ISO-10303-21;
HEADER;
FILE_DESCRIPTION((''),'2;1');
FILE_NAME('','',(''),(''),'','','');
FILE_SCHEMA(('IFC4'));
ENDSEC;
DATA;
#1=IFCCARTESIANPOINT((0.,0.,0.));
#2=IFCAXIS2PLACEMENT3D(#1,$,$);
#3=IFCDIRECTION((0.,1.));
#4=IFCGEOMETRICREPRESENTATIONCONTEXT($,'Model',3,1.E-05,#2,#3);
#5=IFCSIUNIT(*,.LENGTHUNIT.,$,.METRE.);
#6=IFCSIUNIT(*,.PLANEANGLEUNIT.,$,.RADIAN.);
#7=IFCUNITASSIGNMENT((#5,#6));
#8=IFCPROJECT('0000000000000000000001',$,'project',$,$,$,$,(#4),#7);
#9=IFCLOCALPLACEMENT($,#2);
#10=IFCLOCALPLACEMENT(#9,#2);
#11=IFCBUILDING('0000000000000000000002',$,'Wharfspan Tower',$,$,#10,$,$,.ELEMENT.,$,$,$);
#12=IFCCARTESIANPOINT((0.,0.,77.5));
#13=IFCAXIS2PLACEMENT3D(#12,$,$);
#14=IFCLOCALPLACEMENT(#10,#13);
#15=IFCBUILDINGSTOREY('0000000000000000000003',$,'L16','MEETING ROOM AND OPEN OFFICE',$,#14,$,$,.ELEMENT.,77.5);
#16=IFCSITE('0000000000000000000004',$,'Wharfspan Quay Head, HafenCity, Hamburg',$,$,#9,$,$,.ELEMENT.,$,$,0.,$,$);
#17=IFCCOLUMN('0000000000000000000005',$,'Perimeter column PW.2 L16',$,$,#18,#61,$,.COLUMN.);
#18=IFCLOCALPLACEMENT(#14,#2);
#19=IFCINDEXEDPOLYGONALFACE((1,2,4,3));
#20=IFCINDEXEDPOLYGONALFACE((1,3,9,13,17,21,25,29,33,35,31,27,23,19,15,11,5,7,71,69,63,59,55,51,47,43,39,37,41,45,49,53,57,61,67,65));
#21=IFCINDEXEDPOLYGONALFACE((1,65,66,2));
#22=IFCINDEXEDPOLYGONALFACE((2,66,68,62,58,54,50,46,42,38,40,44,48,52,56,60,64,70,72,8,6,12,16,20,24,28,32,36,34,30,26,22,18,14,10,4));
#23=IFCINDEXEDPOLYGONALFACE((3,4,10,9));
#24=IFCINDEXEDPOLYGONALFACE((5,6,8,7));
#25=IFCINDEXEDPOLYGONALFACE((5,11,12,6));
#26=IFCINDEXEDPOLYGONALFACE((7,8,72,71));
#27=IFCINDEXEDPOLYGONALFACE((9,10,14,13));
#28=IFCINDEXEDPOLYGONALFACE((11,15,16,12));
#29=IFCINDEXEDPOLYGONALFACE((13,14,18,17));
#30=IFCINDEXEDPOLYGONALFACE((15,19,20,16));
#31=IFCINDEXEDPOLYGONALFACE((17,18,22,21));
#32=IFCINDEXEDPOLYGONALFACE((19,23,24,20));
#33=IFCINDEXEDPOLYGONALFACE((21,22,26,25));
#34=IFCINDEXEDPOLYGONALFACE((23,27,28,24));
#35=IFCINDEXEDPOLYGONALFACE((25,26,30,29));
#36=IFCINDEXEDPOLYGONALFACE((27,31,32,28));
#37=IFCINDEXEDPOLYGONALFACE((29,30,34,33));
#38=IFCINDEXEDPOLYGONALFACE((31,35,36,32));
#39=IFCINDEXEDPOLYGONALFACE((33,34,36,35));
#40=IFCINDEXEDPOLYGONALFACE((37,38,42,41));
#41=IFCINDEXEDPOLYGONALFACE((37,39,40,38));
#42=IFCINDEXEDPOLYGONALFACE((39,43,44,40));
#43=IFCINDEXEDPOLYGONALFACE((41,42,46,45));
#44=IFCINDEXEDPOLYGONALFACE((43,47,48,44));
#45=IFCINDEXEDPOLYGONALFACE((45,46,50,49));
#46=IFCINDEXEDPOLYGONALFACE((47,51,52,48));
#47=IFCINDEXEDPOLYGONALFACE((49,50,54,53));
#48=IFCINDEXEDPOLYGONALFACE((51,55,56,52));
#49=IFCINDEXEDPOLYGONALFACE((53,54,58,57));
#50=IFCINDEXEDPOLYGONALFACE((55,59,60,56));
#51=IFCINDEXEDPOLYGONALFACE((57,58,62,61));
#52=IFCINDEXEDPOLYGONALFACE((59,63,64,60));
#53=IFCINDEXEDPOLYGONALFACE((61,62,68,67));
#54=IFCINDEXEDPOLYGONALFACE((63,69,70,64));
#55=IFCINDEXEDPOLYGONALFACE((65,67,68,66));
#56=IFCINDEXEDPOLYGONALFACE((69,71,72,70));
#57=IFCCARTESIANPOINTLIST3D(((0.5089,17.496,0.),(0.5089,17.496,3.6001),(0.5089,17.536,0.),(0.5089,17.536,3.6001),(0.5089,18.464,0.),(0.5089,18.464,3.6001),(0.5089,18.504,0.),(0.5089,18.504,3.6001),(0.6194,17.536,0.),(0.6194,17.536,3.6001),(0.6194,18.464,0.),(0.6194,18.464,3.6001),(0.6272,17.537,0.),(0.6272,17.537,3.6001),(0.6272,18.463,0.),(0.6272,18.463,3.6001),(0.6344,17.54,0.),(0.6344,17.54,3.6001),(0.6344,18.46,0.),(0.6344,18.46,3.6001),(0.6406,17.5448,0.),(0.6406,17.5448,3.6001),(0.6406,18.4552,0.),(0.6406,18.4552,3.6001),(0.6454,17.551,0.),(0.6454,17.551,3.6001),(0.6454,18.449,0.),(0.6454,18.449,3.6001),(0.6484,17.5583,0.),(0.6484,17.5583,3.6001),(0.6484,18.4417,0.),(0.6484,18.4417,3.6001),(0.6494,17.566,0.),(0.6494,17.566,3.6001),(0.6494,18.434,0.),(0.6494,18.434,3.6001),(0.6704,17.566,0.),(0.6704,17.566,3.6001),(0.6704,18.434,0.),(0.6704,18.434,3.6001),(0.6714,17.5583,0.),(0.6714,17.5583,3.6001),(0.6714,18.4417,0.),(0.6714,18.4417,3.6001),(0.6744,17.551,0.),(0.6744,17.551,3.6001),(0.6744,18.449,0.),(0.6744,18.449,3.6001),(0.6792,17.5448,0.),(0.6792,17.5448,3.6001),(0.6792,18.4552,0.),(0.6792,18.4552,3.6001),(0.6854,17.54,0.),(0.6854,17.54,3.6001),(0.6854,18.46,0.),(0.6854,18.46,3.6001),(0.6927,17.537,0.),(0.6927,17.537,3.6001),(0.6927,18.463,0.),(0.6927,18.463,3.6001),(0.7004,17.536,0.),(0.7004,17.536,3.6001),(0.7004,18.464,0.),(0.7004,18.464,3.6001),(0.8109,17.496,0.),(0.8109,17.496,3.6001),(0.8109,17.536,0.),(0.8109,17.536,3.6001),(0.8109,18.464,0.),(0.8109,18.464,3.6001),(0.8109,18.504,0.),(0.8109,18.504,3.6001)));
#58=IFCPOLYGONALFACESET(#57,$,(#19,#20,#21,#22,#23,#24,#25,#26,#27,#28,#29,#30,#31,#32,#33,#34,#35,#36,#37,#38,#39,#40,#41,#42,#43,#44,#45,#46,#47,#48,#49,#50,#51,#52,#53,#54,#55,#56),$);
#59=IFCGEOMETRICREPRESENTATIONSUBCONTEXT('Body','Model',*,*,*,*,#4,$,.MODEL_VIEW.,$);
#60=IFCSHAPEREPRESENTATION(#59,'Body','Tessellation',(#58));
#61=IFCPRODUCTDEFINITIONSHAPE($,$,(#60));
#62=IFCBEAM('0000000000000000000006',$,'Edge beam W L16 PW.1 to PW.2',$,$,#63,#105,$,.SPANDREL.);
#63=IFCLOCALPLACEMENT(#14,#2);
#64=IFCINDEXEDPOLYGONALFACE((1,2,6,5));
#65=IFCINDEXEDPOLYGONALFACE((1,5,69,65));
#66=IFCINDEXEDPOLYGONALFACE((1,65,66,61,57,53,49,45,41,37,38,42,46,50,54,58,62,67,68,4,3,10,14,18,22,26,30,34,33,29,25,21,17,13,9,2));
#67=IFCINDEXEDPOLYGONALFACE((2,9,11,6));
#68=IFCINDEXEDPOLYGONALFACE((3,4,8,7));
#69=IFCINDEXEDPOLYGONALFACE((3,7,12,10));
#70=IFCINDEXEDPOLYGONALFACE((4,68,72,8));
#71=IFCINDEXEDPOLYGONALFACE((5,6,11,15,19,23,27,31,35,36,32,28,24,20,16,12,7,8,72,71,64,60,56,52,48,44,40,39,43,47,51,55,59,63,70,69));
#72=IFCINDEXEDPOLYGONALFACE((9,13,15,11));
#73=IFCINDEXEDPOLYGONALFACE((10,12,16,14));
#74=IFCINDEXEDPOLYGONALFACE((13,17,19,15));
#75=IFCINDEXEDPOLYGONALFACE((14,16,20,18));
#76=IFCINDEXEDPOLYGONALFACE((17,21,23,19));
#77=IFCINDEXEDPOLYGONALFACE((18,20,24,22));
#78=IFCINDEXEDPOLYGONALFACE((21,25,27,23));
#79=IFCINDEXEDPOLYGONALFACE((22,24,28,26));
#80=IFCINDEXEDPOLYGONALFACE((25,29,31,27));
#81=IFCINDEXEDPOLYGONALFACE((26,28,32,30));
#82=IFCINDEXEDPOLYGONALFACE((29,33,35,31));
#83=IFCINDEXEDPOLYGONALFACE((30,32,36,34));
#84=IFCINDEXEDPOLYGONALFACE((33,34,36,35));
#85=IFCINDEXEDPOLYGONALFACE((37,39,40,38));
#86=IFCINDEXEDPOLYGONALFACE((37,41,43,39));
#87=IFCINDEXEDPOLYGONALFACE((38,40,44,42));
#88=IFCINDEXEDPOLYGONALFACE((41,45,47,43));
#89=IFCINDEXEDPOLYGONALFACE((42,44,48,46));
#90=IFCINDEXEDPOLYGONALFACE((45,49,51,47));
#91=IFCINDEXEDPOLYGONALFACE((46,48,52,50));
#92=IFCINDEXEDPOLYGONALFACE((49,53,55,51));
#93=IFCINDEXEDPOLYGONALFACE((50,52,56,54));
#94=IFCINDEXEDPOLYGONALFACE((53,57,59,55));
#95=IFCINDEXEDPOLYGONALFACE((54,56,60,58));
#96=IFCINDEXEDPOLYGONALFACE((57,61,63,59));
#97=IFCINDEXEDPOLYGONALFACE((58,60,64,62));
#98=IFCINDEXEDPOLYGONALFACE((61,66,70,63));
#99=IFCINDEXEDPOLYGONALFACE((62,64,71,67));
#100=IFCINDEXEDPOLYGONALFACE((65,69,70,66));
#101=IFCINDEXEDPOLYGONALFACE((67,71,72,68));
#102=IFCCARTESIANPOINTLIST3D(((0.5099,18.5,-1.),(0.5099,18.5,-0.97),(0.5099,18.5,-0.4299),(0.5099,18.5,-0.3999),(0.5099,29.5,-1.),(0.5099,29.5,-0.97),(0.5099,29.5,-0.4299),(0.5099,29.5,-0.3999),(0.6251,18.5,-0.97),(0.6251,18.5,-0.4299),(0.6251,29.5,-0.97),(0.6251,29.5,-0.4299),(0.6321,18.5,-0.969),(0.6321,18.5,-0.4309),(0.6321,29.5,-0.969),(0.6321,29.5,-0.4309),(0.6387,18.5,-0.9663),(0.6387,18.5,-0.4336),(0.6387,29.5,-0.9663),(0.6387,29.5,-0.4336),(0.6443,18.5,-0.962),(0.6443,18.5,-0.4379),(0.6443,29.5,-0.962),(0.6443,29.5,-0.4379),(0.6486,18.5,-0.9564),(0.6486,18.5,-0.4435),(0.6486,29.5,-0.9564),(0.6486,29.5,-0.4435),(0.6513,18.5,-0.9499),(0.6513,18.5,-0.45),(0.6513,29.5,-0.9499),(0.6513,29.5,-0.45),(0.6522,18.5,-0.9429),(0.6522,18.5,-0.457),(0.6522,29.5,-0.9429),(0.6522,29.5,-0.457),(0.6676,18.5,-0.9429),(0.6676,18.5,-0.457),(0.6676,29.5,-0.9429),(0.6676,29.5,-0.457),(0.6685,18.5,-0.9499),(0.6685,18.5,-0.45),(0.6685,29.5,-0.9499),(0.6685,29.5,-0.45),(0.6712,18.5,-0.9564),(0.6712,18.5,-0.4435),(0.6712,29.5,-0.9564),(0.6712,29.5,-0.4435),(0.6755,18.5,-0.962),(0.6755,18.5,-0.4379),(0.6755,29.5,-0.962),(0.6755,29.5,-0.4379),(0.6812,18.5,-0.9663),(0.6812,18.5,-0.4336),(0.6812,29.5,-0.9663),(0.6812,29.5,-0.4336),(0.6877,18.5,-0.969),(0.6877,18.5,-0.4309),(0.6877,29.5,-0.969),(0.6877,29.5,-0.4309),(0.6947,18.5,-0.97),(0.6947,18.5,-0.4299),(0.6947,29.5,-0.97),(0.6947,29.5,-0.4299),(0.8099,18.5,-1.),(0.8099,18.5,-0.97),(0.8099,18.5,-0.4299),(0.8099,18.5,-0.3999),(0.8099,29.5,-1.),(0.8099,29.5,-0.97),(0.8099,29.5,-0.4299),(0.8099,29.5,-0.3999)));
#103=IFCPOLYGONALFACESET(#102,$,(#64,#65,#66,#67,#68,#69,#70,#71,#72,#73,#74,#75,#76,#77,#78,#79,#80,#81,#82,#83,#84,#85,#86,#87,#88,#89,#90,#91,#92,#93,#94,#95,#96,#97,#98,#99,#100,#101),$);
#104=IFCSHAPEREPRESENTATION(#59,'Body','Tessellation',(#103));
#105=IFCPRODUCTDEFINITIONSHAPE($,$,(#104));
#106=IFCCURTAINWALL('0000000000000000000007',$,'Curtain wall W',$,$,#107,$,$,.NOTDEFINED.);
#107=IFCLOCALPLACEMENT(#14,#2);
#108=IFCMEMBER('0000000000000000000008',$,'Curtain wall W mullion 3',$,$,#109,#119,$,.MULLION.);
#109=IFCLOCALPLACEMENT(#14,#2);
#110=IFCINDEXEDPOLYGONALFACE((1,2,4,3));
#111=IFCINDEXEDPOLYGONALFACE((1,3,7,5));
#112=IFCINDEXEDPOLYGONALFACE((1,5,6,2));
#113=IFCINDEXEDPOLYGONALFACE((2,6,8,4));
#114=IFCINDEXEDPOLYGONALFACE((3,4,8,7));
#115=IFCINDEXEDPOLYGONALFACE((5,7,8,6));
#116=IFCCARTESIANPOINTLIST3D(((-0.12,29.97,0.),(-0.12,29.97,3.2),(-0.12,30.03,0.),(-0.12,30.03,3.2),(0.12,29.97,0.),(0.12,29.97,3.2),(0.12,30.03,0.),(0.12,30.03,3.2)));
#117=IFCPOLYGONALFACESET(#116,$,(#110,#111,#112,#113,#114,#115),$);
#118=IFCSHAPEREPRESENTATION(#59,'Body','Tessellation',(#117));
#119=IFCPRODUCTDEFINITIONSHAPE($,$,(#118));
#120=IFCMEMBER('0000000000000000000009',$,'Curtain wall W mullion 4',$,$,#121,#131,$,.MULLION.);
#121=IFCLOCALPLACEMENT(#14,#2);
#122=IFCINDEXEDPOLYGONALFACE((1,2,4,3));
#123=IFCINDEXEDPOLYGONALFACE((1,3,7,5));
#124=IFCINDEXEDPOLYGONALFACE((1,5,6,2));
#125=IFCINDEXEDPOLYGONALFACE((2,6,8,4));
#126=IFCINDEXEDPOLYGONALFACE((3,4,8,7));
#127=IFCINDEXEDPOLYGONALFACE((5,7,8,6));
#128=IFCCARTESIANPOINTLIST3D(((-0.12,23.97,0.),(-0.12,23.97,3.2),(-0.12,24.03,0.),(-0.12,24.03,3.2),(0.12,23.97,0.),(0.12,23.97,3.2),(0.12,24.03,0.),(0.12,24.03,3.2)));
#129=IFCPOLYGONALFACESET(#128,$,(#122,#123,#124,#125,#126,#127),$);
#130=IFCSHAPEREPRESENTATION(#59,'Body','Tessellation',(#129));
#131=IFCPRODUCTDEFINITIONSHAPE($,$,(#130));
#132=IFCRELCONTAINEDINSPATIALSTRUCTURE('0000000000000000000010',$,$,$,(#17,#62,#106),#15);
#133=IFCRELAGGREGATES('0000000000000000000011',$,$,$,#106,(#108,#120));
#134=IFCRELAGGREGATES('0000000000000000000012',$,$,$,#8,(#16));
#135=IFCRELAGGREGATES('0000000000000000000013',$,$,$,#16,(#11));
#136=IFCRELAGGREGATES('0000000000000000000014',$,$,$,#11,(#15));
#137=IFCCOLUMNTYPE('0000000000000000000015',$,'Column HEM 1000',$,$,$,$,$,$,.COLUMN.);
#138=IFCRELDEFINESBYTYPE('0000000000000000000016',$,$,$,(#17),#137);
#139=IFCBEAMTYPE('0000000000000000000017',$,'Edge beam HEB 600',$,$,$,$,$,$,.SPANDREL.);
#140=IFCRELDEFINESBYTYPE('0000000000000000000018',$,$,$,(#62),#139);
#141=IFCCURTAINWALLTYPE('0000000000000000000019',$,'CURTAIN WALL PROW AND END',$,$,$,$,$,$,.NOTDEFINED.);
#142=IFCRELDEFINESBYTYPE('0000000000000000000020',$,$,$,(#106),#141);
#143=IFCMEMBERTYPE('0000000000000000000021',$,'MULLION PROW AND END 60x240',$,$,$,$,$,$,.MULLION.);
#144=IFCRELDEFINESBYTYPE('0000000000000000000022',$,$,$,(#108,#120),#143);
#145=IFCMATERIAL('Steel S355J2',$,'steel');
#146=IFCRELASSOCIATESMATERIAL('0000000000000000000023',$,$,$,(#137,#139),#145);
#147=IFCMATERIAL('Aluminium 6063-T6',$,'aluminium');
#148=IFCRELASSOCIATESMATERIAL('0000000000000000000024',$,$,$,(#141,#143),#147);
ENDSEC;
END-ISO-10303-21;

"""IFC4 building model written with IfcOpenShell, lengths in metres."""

from ifc_helpers import new_model, si_unit, direction, frame, origin, origin_2d, place, context, subcontext, project, spatial, rectangle, i_section, extrude, material, material_profile, profile_set, type_object, element, aggregate, save


model = new_model("IFC4")

# Units and contexts
model_context = context("Model", 3, precision=1e-05, world=origin(), true_north=direction((0.0, 1.0)))
body_context = subcontext(model_context, "Body", "Model", "MODEL_VIEW")
ifc_project = project(units=[si_unit("LENGTHUNIT", "METRE"), si_unit("PLANEANGLEUNIT", "RADIAN")], contexts=[model_context])

# Site, building, storey
site_placement = place(None, origin())
site = spatial("IfcSite", under=ifc_project, at=site_placement, Name="Wharfspan Quay Head, HafenCity, Hamburg", CompositionType="ELEMENT", RefElevation=0.0)
building_placement = place(site_placement, origin())
building = spatial("IfcBuilding", under=site, at=building_placement, Name="Wharfspan Tower", CompositionType="ELEMENT")
storey_placement = place(building_placement, frame((0.0, 0.0, 77.5)))
storey = spatial("IfcBuildingStorey", under=building, at=storey_placement, Name="L16", Description="MEETING ROOM AND OPEN OFFICE", CompositionType="ELEMENT", Elevation=77.5)

# Column
ifc_material_1 = material(Name="Steel S355J2", Category="steel")
ifc_material_profile_1 = material_profile(ifc_material_1, i_section(OverallWidth=0.302, OverallDepth=1.0081, WebThickness=0.021, FlangeThickness=0.04, FilletRadius=0.03, at=origin_2d()))
ifc_profile_set_1 = profile_set([ifc_material_profile_1], Name="Steel S355J2")
column_type = type_object("IfcColumnType", Name="Column HEM 1000", PredefinedType="COLUMN", material=ifc_profile_set_1)
column_placement = place(storey_placement, frame((0.6599, 18.0, 0.0), z_axis=(0.0, 0.0, 1.0), x_axis=(-1.0, 0.0, 0.0)))
element("IfcColumn", 1, at=column_placement, inside=storey, type_object=column_type, Name="Perimeter column PW.2 L16", PredefinedType="COLUMN", context=body_context, shape_type="SweptSolid", body=[
    extrude(i_section(OverallWidth=0.302, OverallDepth=1.0081, WebThickness=0.021, FlangeThickness=0.04, FilletRadius=0.03, at=origin_2d()), origin(), (0.0, 0.0, 1.0), 3.6001),
])

# Beam
ifc_material_profile_2 = material_profile(ifc_material_1, i_section(OverallWidth=0.3, OverallDepth=0.6001, WebThickness=0.0154, FlangeThickness=0.03, FilletRadius=0.0271, at=origin_2d()))
ifc_profile_set_2 = profile_set([ifc_material_profile_2], Name="Steel S355J2")
beam_type = type_object("IfcBeamType", Name="Edge beam HEB 600", PredefinedType="SPANDREL", material=ifc_profile_set_2)
beam_placement = place(storey_placement, frame((0.6599, 29.5, -0.7), z_axis=(0.0, -1.0, 0.0), x_axis=(1.0, 0.0, 0.0)))
element("IfcBeam", 2, at=beam_placement, inside=storey, type_object=beam_type, Name="Edge beam W L16 PW.1 to PW.2", PredefinedType="SPANDREL", context=body_context, shape_type="SweptSolid", body=[
    extrude(i_section(OverallWidth=0.3, OverallDepth=0.6001, WebThickness=0.0154, FlangeThickness=0.03, FilletRadius=0.0271, at=origin_2d()), origin(), (0.0, 0.0, 1.0), 11.0),
])

# Curtain wall, members
ifc_material_2 = material(Name="Aluminium 6063-T6", Category="aluminium")
curtain_wall_type = type_object("IfcCurtainWallType", Name="CURTAIN WALL PROW AND END", PredefinedType="NOTDEFINED", material=ifc_material_2)
curtain_wall_placement = place(storey_placement, origin())
curtain_wall = element("IfcCurtainWall", 3, at=curtain_wall_placement, inside=storey, type_object=curtain_wall_type, Name="Curtain wall W", PredefinedType="NOTDEFINED")
ifc_material_profile_3 = material_profile(ifc_material_2, rectangle(XDim=0.24, YDim=0.0601, at=origin_2d()))
ifc_profile_set_3 = profile_set([ifc_material_profile_3], Name="Aluminium 6063-T6")
member_type_1 = type_object("IfcMemberType", Name="MULLION PROW AND END 60x240", PredefinedType="MULLION", material=ifc_profile_set_3)
member_1_placement = place(storey_placement, frame((0.0, 30.0, 0.0), z_axis=(0.0, 0.0, 1.0), x_axis=(1.0, 0.0, 0.0)))
member_1 = element("IfcMember", 4, at=member_1_placement, type_object=member_type_1, Name="Curtain wall W mullion 3", PredefinedType="MULLION", context=body_context, shape_type="SweptSolid", body=[
    extrude(rectangle(XDim=0.24, YDim=0.0601, at=origin_2d()), origin(), (0.0, 0.0, 1.0), 3.2),
])
member_2_placement = place(storey_placement, frame((0.0, 24.0, 0.0), z_axis=(0.0, 0.0, 1.0), x_axis=(1.0, 0.0, 0.0)))
member_2 = element("IfcMember", 5, at=member_2_placement, type_object=member_type_1, Name="Curtain wall W mullion 4", PredefinedType="MULLION", context=body_context, shape_type="SweptSolid", body=[
    extrude(rectangle(XDim=0.24, YDim=0.0601, at=origin_2d()), origin(), (0.0, 0.0, 1.0), 3.2),
])

aggregate(curtain_wall, [member_1, member_2])

save(model, "model.ifc")
